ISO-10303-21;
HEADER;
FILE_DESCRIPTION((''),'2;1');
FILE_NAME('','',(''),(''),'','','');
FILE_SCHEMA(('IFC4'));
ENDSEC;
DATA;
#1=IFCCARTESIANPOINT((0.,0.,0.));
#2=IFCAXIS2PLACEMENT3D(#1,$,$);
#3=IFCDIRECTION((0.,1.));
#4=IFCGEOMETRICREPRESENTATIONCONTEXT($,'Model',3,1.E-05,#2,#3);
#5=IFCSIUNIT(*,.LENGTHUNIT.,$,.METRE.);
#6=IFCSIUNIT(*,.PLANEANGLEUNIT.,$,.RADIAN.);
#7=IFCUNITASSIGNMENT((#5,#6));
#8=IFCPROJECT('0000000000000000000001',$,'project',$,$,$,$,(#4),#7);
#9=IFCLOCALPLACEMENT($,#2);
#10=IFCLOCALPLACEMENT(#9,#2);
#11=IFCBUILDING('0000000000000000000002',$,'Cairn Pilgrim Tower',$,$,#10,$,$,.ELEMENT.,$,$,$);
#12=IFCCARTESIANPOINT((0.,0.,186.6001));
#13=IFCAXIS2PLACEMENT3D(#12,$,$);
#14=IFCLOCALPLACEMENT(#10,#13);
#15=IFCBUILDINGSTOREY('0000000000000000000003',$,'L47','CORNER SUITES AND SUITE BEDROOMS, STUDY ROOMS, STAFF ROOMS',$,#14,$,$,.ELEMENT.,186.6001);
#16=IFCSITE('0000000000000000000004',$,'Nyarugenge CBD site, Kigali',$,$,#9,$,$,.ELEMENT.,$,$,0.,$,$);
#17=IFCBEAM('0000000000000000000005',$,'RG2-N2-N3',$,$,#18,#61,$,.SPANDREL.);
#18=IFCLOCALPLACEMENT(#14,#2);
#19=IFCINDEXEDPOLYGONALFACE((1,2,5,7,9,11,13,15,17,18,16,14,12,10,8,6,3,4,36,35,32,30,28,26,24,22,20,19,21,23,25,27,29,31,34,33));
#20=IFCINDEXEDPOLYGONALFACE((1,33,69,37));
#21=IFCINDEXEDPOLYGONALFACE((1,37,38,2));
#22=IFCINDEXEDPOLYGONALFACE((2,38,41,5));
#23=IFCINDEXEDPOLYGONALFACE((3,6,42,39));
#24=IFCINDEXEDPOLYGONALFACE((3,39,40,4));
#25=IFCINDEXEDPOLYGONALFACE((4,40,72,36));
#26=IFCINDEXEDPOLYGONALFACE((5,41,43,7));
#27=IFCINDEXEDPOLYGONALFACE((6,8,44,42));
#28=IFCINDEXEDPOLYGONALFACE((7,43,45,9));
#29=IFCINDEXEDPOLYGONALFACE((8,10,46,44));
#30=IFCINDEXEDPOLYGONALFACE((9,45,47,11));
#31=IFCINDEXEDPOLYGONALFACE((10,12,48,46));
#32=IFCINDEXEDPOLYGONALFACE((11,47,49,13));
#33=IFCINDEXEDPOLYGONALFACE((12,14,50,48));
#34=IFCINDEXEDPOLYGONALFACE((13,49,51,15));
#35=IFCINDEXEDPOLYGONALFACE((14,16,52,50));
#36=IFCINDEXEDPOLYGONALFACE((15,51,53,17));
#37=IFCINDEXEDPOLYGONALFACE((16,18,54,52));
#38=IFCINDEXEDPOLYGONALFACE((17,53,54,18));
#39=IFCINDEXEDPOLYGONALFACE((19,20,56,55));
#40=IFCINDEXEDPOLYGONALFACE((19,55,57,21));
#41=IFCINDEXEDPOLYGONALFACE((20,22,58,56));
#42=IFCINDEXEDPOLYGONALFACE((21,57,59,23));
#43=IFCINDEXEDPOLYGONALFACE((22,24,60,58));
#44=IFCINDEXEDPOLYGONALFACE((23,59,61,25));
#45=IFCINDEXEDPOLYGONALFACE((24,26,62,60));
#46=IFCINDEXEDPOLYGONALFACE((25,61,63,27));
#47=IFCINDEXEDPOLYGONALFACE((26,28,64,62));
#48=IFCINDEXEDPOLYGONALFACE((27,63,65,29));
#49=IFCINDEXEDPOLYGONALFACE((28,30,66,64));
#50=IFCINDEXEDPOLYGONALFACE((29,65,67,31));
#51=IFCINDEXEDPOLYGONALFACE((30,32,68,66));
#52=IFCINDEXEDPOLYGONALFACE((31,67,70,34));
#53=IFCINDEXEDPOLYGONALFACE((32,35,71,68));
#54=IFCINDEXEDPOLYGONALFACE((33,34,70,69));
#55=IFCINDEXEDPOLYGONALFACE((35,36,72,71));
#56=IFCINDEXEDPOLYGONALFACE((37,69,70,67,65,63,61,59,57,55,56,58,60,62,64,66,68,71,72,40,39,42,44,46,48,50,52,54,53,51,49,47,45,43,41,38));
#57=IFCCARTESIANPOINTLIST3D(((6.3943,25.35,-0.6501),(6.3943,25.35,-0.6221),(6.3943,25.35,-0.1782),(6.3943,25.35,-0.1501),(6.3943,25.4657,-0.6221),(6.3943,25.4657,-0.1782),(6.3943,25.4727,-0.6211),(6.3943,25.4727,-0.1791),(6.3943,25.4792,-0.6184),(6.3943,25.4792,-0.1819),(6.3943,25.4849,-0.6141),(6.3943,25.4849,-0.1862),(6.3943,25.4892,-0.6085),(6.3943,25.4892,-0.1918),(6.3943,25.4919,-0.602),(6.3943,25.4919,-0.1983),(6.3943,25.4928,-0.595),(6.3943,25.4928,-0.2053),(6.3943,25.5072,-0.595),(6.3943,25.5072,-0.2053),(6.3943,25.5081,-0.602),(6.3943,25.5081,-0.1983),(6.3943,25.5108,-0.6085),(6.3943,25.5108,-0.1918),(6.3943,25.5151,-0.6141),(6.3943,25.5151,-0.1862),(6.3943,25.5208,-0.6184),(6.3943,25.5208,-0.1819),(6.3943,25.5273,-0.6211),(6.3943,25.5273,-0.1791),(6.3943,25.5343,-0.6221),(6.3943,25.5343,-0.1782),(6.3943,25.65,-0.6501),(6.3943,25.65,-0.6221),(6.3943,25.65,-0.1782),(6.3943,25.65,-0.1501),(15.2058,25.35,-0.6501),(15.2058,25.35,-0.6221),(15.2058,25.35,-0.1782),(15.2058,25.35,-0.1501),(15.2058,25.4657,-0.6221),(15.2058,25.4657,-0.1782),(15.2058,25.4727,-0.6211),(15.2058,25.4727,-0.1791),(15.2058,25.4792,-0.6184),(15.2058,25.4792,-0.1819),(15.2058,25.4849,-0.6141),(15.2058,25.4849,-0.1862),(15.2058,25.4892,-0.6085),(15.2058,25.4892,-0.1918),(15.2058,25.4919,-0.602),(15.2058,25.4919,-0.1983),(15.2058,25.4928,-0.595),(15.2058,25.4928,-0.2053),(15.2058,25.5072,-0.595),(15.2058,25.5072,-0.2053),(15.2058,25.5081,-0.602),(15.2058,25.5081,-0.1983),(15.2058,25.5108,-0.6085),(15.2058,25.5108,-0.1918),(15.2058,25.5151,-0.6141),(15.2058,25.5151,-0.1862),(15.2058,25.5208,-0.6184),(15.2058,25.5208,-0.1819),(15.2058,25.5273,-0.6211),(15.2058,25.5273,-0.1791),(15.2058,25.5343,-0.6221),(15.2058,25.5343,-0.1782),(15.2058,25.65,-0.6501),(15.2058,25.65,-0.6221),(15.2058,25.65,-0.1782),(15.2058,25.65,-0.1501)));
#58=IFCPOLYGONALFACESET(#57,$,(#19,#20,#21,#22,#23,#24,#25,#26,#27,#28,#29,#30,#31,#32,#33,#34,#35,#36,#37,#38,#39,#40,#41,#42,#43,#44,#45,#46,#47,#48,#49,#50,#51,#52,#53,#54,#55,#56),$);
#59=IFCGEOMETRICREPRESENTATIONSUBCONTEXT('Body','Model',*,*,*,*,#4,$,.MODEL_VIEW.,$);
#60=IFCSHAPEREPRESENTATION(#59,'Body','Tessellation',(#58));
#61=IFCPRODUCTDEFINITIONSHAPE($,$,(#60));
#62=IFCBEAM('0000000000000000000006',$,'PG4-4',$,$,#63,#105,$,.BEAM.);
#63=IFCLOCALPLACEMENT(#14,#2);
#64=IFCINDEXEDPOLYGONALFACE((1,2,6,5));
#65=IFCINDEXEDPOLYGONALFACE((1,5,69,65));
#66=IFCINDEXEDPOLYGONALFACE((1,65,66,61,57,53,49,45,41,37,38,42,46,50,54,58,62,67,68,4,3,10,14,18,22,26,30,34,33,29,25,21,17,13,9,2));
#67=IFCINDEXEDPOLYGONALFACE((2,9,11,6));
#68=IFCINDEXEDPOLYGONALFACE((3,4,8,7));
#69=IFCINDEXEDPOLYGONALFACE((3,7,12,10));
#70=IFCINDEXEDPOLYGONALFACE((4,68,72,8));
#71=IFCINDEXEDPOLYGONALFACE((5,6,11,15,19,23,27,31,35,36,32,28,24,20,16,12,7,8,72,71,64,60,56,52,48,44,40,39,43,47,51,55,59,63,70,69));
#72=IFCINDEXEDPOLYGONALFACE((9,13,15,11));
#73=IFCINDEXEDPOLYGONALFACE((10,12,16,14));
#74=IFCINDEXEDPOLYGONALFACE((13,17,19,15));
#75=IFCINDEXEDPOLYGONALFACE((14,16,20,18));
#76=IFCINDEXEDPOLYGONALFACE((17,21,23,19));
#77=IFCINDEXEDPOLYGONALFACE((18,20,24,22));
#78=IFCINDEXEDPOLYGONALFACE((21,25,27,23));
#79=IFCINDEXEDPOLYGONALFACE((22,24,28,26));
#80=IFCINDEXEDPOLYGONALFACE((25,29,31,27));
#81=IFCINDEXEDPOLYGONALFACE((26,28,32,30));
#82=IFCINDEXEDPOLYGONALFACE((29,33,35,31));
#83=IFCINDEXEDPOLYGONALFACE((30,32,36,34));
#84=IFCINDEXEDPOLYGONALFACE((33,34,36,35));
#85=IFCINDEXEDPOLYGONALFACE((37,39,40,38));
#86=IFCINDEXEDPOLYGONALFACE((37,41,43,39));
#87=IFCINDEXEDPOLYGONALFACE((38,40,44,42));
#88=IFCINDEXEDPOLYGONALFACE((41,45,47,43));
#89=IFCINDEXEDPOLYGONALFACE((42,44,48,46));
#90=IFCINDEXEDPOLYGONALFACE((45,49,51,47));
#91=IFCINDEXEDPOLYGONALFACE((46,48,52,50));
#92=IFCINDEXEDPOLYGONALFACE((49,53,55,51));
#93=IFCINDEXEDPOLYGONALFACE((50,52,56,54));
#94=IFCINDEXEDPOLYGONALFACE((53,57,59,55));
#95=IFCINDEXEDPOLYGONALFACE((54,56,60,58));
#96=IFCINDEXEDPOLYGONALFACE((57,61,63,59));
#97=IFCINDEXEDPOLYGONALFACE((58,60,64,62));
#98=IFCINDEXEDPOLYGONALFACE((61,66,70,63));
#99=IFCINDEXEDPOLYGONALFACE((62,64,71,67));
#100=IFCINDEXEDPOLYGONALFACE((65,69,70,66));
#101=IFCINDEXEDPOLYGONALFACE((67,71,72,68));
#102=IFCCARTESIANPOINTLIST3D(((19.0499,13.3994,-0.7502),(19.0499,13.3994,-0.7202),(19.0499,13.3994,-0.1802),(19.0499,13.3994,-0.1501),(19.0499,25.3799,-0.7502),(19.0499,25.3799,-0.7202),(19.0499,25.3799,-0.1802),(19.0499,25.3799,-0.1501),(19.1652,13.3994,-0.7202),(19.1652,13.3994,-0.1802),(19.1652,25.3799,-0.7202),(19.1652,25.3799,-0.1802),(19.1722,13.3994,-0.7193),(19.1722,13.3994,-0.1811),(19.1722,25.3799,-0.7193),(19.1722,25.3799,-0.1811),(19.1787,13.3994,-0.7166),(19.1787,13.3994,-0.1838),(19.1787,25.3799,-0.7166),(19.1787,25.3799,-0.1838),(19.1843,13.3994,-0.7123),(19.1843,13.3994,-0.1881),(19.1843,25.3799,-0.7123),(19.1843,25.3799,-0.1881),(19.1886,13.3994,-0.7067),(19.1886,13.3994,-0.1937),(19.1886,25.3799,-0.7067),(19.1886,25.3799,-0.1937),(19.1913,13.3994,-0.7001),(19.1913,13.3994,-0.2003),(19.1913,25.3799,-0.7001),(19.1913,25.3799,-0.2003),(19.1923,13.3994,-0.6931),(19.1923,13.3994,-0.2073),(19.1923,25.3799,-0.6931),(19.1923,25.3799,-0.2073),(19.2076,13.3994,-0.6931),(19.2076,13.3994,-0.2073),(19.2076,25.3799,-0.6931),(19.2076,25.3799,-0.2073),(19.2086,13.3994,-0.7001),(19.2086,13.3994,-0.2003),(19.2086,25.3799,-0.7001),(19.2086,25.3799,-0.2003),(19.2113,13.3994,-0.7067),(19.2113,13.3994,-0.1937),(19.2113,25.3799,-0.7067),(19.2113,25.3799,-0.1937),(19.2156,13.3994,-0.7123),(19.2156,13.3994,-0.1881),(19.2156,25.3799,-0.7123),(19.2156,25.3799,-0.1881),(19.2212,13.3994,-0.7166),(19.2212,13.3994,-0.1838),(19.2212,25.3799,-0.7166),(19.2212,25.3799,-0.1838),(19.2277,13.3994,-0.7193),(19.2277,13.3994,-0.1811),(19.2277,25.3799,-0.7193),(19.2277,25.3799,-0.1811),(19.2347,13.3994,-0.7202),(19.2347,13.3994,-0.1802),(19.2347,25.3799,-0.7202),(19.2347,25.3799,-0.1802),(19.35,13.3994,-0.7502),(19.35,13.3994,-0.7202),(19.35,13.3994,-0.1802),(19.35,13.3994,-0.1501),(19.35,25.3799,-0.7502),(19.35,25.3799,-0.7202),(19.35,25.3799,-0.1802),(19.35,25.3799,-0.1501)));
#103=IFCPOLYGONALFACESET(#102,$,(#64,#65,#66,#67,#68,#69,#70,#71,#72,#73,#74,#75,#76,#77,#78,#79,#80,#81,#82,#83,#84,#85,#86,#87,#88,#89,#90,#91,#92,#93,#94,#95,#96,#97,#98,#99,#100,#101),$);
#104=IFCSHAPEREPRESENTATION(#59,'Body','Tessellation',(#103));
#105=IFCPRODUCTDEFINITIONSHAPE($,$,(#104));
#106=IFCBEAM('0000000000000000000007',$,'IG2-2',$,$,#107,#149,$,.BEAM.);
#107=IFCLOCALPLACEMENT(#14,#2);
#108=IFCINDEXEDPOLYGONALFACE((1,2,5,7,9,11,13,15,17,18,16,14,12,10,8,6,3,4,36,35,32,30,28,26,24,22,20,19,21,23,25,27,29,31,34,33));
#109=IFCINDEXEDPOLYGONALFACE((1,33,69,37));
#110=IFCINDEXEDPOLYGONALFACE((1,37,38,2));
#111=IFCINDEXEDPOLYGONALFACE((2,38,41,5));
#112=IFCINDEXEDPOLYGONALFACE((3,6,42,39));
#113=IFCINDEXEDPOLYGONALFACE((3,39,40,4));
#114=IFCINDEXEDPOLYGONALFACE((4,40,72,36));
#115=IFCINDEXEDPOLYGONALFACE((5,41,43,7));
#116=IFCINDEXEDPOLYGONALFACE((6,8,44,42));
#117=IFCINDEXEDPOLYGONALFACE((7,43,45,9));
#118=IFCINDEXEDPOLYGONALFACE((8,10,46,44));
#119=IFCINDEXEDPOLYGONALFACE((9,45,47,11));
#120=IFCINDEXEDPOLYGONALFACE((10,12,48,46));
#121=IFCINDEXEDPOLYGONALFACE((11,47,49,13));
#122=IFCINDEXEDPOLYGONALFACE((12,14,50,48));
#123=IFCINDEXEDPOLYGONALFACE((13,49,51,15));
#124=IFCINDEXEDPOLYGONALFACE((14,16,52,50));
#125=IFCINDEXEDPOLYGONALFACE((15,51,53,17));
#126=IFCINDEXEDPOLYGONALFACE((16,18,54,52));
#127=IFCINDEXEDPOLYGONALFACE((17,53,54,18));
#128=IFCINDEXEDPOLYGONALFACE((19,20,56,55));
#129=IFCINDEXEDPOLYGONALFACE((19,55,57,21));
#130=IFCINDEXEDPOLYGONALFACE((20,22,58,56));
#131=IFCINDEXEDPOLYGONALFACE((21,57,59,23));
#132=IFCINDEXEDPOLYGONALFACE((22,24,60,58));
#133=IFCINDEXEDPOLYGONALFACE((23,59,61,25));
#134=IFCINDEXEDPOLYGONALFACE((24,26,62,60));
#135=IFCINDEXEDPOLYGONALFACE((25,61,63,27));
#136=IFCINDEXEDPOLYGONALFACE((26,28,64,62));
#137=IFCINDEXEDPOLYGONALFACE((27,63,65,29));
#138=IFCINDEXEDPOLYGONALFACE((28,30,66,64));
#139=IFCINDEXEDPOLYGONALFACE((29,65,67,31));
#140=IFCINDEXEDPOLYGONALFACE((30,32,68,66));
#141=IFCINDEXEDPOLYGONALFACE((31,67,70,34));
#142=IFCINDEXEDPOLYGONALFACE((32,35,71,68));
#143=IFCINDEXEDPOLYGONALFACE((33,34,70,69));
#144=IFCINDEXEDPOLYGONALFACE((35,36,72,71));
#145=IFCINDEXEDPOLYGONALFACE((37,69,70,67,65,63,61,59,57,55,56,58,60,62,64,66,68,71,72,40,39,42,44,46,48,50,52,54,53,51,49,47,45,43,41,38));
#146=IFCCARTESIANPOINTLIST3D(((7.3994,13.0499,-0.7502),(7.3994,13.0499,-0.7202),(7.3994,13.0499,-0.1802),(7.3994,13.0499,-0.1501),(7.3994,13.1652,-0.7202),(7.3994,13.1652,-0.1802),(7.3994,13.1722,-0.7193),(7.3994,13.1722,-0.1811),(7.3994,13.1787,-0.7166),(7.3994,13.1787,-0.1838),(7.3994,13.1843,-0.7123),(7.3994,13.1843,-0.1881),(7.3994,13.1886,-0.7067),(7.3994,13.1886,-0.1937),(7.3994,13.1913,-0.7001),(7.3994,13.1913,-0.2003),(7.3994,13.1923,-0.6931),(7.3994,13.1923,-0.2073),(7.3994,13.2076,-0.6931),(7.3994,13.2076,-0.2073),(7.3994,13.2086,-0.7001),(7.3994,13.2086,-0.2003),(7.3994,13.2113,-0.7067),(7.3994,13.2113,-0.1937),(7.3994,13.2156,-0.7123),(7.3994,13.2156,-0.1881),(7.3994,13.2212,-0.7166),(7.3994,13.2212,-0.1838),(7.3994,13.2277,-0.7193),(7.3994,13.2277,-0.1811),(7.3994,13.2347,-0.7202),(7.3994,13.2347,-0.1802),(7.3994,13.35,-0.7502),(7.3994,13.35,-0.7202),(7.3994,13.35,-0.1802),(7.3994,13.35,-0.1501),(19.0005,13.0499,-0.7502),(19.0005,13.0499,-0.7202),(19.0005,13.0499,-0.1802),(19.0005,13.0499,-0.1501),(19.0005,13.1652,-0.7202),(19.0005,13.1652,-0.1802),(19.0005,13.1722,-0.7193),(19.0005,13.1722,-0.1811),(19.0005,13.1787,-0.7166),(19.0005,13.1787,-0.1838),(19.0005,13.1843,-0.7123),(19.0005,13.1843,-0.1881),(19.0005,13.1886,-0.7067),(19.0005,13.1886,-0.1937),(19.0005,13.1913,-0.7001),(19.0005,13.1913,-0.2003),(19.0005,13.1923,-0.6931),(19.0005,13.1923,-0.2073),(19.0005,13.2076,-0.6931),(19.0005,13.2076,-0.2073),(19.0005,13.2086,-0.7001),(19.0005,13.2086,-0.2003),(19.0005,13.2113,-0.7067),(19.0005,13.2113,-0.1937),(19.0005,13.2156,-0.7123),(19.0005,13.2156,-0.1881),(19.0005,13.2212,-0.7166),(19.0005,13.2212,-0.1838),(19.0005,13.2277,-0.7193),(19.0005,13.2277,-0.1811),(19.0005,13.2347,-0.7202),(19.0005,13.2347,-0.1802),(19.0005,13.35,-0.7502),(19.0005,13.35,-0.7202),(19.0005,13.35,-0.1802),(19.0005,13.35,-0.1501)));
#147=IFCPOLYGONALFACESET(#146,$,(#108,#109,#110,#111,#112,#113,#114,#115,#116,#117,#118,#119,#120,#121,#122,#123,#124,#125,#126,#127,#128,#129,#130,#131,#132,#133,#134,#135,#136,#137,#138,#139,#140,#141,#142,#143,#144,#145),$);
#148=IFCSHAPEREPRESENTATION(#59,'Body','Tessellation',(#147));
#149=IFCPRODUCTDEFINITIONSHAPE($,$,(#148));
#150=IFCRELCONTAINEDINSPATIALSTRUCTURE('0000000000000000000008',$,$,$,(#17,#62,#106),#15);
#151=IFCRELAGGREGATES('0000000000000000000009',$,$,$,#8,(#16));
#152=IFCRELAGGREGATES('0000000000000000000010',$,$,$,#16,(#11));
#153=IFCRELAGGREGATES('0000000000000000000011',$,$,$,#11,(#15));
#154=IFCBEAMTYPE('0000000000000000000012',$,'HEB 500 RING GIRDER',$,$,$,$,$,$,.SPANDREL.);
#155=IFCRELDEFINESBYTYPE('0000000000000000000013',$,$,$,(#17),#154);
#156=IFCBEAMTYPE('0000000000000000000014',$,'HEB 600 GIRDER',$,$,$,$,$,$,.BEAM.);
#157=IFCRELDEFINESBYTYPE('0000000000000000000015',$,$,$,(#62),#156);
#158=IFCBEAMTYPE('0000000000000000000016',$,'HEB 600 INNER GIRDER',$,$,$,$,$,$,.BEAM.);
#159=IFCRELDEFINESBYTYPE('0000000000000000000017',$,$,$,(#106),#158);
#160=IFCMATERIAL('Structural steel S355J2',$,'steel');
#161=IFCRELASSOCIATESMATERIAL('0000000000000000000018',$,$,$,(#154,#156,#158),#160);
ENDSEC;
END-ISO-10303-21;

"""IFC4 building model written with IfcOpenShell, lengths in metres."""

from ifc_helpers import new_model, si_unit, direction, frame, origin, origin_2d, place, context, subcontext, project, spatial, i_section, extrude, material, material_profile, profile_set, type_object, element, save


model = new_model("IFC4")

# Units and contexts
model_context = context("Model", 3, precision=1e-05, world=origin(), true_north=direction((0.0, 1.0)))
body_context = subcontext(model_context, "Body", "Model", "MODEL_VIEW")
ifc_project = project(units=[si_unit("LENGTHUNIT", "METRE"), si_unit("PLANEANGLEUNIT", "RADIAN")], contexts=[model_context])

# Site, building, storey
site_placement = place(None, origin())
site = spatial("IfcSite", under=ifc_project, at=site_placement, Name="Nyarugenge CBD site, Kigali", CompositionType="ELEMENT", RefElevation=0.0)
building_placement = place(site_placement, origin())
building = spatial("IfcBuilding", under=site, at=building_placement, Name="Cairn Pilgrim Tower", CompositionType="ELEMENT")
storey_placement = place(building_placement, frame((0.0, 0.0, 186.6001)))
storey = spatial("IfcBuildingStorey", under=building, at=storey_placement, Name="L47", Description="CORNER SUITES AND SUITE BEDROOMS, STUDY ROOMS, STAFF ROOMS", CompositionType="ELEMENT", Elevation=186.6001)

# Shared definitions
ifc_material_1 = material(Name="Structural steel S355J2", Category="steel")

# Beams
ifc_material_profile_1 = material_profile(ifc_material_1, i_section(OverallWidth=0.3, OverallDepth=0.5, WebThickness=0.0144, FlangeThickness=0.0281, FilletRadius=0.0271, at=origin_2d()), Name="HEB 500")
ifc_profile_set_1 = profile_set([ifc_material_profile_1], Name="Structural steel S355J2")
beam_type_1 = type_object("IfcBeamType", Name="HEB 500 RING GIRDER", PredefinedType="SPANDREL", material=ifc_profile_set_1)
for number, where, z_axis, x_axis, name in (
    (1, (15.2058, 25.5, -0.4001), (-1.0, 0.0, 0.0), (0.0, -1.0, 0.0), "RG2-N2-N3"),
):
    element("IfcBeam", number, at=place(storey_placement, frame(where, z_axis=z_axis, x_axis=x_axis)), inside=storey, type_object=beam_type_1, Name=name, PredefinedType="SPANDREL", context=body_context, shape_type="SweptSolid", body=[
        extrude(i_section(OverallWidth=0.3, OverallDepth=0.5, WebThickness=0.0144, FlangeThickness=0.0281, FilletRadius=0.0271, at=origin_2d()), origin(), (0.0, 0.0, 1.0), 8.8115),
    ])
ifc_material_profile_2 = material_profile(ifc_material_1, i_section(OverallWidth=0.3, OverallDepth=0.6001, WebThickness=0.0154, FlangeThickness=0.03, FilletRadius=0.0271, at=origin_2d()), Name="HEB 600")
ifc_profile_set_2 = profile_set([ifc_material_profile_2], Name="Structural steel S355J2")
beam_type_2 = type_object("IfcBeamType", Name="HEB 600 GIRDER", PredefinedType="BEAM", material=ifc_profile_set_2)
beam_1_placement = place(storey_placement, frame((19.2, 13.3994, -0.4502), z_axis=(0.0, 1.0, 0.0), x_axis=(-1.0, 0.0, 0.0)))
element("IfcBeam", 2, at=beam_1_placement, inside=storey, type_object=beam_type_2, Name="PG4-4", PredefinedType="BEAM", context=body_context, shape_type="SweptSolid", body=[
    extrude(i_section(OverallWidth=0.3, OverallDepth=0.6001, WebThickness=0.0154, FlangeThickness=0.03, FilletRadius=0.0271, at=origin_2d()), origin(), (0.0, 0.0, 1.0), 11.9805),
])
ifc_material_profile_3 = material_profile(ifc_material_1, i_section(OverallWidth=0.3, OverallDepth=0.6001, WebThickness=0.0154, FlangeThickness=0.03, FilletRadius=0.0271, at=origin_2d()), Name="HEB 600")
ifc_profile_set_3 = profile_set([ifc_material_profile_3], Name="Structural steel S355J2")
beam_type_3 = type_object("IfcBeamType", Name="HEB 600 INNER GIRDER", PredefinedType="BEAM", material=ifc_profile_set_3)
beam_2_placement = place(storey_placement, frame((7.3994, 13.2, -0.4502), z_axis=(1.0, 0.0, 0.0), x_axis=(0.0, 1.0, 0.0)))
element("IfcBeam", 3, at=beam_2_placement, inside=storey, type_object=beam_type_3, Name="IG2-2", PredefinedType="BEAM", context=body_context, shape_type="SweptSolid", body=[
    extrude(i_section(OverallWidth=0.3, OverallDepth=0.6001, WebThickness=0.0154, FlangeThickness=0.03, FilletRadius=0.0271, at=origin_2d()), origin(), (0.0, 0.0, 1.0), 11.6011),
])

save(model, "model.ifc")
